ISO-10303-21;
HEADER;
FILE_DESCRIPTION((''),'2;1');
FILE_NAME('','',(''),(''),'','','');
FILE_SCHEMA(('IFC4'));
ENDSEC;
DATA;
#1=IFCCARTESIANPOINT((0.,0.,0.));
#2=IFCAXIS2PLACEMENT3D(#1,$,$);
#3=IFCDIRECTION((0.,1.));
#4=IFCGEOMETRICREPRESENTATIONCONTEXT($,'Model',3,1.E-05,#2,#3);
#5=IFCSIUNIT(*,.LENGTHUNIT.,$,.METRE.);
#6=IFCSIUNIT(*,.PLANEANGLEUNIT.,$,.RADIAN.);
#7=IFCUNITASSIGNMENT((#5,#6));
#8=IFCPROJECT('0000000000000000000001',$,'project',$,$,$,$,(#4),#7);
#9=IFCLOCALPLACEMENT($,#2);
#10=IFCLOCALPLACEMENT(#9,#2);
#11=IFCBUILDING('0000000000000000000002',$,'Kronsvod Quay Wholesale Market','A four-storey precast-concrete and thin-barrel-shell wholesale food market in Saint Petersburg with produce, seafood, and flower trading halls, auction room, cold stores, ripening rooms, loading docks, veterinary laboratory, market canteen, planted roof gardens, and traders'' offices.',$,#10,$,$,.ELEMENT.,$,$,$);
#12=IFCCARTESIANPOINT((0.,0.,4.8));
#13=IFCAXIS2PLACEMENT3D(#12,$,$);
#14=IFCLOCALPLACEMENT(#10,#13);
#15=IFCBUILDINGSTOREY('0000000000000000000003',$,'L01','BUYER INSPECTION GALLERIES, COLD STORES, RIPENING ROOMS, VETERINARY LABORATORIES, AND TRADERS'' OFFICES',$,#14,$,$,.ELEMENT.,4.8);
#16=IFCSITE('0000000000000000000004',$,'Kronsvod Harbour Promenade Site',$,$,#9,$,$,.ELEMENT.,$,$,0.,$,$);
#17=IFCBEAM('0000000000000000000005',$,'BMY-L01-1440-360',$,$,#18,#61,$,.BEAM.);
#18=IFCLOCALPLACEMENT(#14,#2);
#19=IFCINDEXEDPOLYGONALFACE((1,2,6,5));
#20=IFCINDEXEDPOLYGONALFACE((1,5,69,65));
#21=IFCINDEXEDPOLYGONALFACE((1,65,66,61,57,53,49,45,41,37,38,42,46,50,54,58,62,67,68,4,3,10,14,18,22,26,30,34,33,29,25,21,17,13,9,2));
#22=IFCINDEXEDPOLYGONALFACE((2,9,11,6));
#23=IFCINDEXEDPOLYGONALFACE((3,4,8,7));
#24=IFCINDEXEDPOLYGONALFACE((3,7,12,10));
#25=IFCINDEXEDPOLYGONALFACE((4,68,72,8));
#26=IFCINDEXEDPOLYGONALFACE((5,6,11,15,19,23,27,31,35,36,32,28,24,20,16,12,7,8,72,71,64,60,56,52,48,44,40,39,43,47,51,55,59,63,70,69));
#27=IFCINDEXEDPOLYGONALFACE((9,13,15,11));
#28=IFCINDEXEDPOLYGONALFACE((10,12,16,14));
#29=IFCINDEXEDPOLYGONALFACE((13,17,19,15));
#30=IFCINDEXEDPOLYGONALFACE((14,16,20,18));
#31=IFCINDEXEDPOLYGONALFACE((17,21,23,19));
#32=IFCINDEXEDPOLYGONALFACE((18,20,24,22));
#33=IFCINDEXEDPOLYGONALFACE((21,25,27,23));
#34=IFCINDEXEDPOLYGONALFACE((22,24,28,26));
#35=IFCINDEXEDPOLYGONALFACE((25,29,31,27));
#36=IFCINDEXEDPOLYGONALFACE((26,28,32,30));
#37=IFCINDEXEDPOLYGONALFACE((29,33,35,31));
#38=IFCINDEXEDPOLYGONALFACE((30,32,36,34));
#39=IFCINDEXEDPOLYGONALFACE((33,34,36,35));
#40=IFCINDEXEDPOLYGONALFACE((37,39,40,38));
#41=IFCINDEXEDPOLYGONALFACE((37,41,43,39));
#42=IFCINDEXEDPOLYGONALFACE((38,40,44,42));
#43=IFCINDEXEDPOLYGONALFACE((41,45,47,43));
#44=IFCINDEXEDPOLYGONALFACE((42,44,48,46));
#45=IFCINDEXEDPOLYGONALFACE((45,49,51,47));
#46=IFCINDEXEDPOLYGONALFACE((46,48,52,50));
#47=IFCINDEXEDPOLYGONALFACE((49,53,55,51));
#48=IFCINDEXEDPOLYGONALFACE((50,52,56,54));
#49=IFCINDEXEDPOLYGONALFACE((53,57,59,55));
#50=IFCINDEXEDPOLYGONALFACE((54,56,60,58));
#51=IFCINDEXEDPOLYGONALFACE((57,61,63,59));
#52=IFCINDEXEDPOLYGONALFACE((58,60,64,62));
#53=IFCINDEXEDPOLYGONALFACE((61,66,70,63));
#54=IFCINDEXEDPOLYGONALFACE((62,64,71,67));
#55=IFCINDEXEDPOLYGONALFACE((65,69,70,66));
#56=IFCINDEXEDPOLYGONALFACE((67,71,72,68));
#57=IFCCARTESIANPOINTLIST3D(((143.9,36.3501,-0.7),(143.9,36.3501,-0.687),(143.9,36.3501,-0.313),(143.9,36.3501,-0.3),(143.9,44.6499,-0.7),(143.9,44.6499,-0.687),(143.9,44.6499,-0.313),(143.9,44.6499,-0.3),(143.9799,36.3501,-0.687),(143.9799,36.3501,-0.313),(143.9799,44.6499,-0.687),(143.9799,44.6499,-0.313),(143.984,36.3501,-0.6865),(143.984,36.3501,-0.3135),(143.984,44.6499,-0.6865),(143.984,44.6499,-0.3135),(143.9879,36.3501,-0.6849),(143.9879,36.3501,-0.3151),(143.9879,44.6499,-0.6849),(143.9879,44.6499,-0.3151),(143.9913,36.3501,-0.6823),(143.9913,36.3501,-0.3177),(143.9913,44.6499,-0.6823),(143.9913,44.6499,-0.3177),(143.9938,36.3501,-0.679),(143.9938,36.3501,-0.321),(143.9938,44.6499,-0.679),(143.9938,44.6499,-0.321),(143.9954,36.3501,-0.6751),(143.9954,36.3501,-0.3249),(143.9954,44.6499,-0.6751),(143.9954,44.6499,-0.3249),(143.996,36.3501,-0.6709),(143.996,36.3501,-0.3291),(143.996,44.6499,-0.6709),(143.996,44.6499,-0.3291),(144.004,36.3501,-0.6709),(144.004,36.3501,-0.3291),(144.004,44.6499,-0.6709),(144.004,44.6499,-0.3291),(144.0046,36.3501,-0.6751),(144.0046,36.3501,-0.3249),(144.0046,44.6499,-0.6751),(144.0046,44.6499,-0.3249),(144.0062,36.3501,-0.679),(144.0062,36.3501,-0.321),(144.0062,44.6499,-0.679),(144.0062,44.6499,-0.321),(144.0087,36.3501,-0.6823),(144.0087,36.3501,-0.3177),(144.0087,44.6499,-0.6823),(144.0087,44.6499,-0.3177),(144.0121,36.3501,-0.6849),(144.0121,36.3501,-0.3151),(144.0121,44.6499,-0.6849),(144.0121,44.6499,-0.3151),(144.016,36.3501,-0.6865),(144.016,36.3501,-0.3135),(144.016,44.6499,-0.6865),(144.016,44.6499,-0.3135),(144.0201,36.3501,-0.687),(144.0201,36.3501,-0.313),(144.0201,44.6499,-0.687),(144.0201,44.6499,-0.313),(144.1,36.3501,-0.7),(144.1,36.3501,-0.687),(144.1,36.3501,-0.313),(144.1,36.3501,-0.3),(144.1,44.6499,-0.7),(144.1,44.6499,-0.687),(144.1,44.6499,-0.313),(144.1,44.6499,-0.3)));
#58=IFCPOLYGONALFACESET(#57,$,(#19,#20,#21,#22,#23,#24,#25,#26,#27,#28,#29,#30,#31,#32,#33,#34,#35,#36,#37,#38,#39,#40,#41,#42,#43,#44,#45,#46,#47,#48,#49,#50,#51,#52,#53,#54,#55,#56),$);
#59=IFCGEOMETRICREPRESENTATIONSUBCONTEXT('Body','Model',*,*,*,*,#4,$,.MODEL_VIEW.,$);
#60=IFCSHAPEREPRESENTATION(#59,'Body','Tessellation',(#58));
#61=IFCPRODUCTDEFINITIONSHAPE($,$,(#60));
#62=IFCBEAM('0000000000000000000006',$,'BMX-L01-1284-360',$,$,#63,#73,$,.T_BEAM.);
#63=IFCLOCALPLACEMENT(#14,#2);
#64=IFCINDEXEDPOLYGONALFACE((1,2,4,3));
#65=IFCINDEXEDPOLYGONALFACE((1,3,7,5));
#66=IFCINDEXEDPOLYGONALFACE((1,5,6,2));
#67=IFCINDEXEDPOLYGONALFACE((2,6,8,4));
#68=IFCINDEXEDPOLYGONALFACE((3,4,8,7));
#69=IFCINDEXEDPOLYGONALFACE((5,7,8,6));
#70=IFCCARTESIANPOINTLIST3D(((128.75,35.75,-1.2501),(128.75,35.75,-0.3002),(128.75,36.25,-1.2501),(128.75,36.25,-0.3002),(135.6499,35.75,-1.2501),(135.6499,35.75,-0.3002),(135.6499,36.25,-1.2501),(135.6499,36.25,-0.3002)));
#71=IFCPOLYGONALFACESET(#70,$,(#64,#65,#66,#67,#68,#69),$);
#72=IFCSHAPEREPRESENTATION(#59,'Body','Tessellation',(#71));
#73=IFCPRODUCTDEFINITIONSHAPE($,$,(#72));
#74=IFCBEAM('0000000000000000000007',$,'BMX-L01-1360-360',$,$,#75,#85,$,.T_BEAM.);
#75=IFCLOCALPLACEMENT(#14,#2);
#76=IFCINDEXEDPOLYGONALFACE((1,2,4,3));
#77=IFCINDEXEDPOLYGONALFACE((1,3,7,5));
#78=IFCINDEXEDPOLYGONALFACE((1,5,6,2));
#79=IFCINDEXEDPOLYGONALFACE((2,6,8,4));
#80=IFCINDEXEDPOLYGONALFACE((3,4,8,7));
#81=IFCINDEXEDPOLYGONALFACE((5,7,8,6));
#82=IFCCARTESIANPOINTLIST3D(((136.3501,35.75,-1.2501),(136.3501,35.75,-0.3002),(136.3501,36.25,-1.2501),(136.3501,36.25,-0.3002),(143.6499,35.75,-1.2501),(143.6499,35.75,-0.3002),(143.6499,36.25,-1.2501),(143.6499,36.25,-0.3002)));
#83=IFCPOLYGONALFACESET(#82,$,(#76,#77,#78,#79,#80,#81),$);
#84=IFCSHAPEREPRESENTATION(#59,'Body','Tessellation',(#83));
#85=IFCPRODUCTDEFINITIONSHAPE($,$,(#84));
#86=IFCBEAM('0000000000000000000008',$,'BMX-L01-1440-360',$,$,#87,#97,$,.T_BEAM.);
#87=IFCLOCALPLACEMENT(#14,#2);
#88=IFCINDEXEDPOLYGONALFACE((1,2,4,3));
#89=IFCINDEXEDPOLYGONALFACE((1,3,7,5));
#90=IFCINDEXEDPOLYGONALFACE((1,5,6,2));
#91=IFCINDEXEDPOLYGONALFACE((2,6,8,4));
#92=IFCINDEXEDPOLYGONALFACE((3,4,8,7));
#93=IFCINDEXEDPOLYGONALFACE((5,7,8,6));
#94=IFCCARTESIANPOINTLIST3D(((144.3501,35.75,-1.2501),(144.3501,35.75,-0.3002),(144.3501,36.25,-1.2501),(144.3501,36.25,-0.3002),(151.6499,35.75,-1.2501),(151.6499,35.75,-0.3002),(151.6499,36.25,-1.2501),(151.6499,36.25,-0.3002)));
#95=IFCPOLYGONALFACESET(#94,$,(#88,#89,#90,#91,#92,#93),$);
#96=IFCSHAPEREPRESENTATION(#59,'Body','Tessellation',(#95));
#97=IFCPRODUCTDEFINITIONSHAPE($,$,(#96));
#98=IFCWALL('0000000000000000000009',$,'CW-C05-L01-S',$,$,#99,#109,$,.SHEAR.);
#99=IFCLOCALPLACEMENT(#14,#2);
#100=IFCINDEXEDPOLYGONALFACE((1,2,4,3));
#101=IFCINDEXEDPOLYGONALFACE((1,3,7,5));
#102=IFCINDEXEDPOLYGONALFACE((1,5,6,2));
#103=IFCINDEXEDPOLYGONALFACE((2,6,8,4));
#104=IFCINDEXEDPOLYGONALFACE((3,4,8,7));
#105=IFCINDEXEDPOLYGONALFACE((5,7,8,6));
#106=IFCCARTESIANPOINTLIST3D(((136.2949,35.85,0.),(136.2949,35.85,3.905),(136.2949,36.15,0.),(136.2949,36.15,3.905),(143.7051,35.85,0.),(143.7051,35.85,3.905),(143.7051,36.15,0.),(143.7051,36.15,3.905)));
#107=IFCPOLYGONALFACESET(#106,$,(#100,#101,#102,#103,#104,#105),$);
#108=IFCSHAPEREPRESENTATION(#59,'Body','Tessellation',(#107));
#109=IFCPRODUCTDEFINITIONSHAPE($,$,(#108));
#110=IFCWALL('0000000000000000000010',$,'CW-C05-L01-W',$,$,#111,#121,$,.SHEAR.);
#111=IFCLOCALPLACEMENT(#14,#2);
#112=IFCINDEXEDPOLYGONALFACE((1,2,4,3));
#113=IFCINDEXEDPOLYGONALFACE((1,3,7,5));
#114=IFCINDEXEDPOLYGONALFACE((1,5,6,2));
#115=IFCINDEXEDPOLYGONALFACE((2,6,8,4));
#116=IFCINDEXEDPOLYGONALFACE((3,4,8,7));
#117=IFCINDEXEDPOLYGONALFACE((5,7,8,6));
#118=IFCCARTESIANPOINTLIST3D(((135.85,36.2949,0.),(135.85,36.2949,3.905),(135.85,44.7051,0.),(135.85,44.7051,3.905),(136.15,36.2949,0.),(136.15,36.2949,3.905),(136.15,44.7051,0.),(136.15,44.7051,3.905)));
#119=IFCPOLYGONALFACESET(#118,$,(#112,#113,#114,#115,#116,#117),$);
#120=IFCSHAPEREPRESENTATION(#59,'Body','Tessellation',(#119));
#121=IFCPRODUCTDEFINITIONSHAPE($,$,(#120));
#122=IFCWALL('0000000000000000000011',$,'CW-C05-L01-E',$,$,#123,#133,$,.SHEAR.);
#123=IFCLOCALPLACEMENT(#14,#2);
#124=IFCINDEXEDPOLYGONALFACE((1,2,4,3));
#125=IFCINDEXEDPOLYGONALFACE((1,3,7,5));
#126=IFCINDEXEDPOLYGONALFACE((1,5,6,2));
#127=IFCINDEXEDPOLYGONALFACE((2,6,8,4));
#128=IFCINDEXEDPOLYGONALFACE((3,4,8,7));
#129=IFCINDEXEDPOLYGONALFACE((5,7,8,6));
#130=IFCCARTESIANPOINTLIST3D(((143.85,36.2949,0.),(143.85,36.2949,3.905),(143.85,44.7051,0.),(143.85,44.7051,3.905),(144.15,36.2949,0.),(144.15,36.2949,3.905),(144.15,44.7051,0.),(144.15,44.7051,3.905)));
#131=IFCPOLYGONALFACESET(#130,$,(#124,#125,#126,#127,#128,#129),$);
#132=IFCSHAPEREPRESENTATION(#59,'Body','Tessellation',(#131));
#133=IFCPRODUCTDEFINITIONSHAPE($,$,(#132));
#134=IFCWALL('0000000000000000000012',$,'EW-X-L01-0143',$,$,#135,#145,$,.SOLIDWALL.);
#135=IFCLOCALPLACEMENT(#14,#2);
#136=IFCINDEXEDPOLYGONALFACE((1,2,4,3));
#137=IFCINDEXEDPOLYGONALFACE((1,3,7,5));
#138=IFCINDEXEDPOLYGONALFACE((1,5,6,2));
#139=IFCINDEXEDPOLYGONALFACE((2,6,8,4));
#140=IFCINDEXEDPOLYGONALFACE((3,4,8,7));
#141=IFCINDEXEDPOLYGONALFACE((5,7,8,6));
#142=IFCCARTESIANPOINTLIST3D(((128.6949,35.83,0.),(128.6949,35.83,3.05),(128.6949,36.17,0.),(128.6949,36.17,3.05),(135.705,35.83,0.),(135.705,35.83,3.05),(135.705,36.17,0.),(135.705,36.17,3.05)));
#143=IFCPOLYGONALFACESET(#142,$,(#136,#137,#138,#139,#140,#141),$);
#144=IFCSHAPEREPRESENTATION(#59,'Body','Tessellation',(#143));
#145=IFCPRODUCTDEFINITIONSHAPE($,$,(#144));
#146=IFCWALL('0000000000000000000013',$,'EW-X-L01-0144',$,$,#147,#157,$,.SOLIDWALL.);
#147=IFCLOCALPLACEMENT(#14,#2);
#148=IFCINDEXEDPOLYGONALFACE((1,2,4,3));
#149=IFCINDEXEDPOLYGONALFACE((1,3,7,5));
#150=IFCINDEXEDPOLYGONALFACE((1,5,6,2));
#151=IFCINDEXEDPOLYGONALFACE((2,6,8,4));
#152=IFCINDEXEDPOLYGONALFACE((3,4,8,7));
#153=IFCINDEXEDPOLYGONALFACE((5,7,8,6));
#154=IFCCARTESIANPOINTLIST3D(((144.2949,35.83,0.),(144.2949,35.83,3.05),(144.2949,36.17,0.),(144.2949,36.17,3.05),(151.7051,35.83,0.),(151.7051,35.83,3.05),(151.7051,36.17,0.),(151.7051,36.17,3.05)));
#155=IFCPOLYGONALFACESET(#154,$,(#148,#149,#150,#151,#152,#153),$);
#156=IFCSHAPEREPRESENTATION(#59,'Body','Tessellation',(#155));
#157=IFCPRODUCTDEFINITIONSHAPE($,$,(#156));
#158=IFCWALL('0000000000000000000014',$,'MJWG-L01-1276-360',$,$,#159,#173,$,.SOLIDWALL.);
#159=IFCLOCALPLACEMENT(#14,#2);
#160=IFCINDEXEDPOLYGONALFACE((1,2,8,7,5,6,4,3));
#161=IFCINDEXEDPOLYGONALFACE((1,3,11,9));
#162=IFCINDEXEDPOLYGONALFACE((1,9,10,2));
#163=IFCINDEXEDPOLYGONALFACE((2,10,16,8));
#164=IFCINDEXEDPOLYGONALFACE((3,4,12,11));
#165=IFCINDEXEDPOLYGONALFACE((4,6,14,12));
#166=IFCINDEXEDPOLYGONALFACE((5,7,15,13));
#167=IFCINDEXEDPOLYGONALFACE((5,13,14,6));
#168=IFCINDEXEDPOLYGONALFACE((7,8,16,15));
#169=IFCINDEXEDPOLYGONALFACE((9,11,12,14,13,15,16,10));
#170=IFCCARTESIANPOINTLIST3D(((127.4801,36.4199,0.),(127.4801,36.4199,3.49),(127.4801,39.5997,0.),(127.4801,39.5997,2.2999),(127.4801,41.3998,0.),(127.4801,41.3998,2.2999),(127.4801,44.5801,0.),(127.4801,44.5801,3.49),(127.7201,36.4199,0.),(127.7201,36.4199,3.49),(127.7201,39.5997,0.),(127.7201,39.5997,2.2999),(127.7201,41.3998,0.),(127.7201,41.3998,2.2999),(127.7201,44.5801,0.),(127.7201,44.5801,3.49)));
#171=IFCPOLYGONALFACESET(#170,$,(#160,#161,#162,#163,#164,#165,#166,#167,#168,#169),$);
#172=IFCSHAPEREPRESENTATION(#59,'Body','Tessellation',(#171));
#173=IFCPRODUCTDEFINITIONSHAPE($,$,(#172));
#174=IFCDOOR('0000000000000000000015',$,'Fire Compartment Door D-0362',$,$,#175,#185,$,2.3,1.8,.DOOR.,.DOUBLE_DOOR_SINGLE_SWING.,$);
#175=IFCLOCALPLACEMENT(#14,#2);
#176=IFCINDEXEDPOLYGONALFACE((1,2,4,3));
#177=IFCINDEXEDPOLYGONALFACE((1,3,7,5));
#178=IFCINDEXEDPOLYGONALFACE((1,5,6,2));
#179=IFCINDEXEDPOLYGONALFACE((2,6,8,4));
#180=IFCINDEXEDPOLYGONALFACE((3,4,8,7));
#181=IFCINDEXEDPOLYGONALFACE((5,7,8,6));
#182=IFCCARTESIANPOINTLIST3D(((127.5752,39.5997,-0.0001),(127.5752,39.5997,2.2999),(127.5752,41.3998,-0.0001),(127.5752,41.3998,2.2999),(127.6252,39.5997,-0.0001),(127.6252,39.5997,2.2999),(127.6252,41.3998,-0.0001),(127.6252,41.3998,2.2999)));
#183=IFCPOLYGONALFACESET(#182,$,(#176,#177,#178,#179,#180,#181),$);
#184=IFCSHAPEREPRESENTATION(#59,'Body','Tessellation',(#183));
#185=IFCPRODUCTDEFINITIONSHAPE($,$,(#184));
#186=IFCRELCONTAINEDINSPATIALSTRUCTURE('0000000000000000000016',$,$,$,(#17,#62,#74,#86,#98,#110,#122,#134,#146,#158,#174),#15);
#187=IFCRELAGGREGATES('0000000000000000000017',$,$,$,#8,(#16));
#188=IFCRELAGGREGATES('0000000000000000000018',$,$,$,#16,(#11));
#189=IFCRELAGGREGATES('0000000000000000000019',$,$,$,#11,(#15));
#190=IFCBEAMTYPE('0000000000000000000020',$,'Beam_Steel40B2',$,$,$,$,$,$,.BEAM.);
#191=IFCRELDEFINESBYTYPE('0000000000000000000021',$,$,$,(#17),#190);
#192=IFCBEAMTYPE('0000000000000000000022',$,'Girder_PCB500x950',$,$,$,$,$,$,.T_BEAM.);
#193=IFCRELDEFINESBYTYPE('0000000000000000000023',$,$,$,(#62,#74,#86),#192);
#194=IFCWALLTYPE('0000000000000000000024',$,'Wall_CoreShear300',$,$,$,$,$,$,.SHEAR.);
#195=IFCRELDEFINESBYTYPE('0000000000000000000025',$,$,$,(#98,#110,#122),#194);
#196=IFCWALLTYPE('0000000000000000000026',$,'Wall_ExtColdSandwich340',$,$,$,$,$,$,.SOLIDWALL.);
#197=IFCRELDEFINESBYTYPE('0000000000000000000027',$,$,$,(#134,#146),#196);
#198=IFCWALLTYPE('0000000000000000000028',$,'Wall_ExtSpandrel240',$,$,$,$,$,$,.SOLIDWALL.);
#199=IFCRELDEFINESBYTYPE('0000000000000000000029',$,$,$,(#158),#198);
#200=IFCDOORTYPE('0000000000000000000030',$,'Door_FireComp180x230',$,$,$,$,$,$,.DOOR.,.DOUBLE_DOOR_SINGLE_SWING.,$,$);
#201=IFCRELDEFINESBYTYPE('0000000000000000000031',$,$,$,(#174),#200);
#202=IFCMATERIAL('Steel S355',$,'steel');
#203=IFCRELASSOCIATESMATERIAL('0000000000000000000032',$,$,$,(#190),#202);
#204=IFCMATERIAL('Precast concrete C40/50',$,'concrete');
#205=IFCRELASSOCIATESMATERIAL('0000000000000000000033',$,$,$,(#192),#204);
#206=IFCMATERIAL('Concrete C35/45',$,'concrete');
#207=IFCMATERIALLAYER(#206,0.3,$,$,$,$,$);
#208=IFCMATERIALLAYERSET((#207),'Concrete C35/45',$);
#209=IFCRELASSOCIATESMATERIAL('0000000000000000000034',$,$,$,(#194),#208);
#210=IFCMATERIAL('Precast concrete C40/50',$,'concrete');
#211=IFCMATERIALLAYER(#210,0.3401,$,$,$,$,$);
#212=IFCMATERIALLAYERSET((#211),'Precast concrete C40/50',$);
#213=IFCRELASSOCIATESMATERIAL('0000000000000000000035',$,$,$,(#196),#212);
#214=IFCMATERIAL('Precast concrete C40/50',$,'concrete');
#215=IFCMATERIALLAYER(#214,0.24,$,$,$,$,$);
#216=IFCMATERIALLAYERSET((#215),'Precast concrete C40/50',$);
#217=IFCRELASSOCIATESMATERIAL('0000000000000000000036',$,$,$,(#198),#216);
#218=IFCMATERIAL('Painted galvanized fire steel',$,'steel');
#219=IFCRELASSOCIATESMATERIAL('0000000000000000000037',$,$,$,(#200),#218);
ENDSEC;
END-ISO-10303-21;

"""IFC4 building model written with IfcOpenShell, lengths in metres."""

from ifc_helpers import new_model, si_unit, direction, frame, frame_2d, origin, origin_2d, place, context, subcontext, project, spatial, rectangle, i_section, extrude, material, layer, layer_set, material_profile, profile_set, type_object, element, fill, save


model = new_model("IFC4")

# Units and contexts
model_context = context("Model", 3, precision=1e-05, world=origin(), true_north=direction((0.0, 1.0)))
body_context = subcontext(model_context, "Body", "Model", "MODEL_VIEW")
ifc_project = project(units=[si_unit("LENGTHUNIT", "METRE"), si_unit("PLANEANGLEUNIT", "RADIAN")], contexts=[model_context])

# Site, building, storey
site_placement = place(None, origin())
site = spatial("IfcSite", under=ifc_project, at=site_placement, Name="Kronsvod Harbour Promenade Site", CompositionType="ELEMENT", RefElevation=0.0)
building_placement = place(site_placement, origin())
building = spatial("IfcBuilding", under=site, at=building_placement, Name="Kronsvod Quay Wholesale Market", Description="A four-storey precast-concrete and thin-barrel-shell wholesale food market in Saint Petersburg with produce, seafood, and flower trading halls, auction room, cold stores, ripening rooms, loading docks, veterinary laboratory, market canteen, planted roof gardens, and traders' offices.", CompositionType="ELEMENT")
storey_placement = place(building_placement, frame((0.0, 0.0, 4.8)))
storey = spatial("IfcBuildingStorey", under=building, at=storey_placement, Name="L01", Description="BUYER INSPECTION GALLERIES, COLD STORES, RIPENING ROOMS, VETERINARY LABORATORIES, AND TRADERS' OFFICES", CompositionType="ELEMENT", Elevation=4.8)

# Beams
ifc_material_1 = material(Name="Steel S355", Category="steel")
ifc_material_profile_1 = material_profile(ifc_material_1, i_section(OverallWidth=0.2, OverallDepth=0.3999, WebThickness=0.0081, FlangeThickness=0.0129, FilletRadius=0.0161, at=origin_2d()), Name="40B2")
ifc_profile_set_1 = profile_set([ifc_material_profile_1], Name="Steel S355")
beam_type_1 = type_object("IfcBeamType", Name="Beam_Steel40B2", PredefinedType="BEAM", material=ifc_profile_set_1)
for number, where, z_axis, x_axis, name in (
    (1, (144.0, 36.3501, -0.5), (0.0, 1.0, 0.0), (-1.0, 0.0, 0.0), "BMY-L01-1440-360"),
):
    element("IfcBeam", number, at=place(storey_placement, frame(where, z_axis=z_axis, x_axis=x_axis)), inside=storey, type_object=beam_type_1, Name=name, PredefinedType="BEAM", context=body_context, shape_type="SweptSolid", body=[
        extrude(i_section(OverallWidth=0.2, OverallDepth=0.3999, WebThickness=0.0081, FlangeThickness=0.0129, FilletRadius=0.0161, at=origin_2d()), origin(), (0.0, 0.0, 1.0), 8.2998),
    ])
ifc_material_2 = material(Name="Precast concrete C40/50", Category="concrete")
ifc_material_profile_2 = material_profile(ifc_material_2, rectangle(XDim=0.5, YDim=0.95, at=origin_2d()), Name="PCB500x950")
ifc_profile_set_2 = profile_set([ifc_material_profile_2], Name="Precast concrete C40/50")
beam_type_2 = type_object("IfcBeamType", Name="Girder_PCB500x950", PredefinedType="T_BEAM", material=ifc_profile_set_2)
beam_placement = place(storey_placement, frame((128.75, 36.0, -0.7751), z_axis=(1.0, 0.0, 0.0), x_axis=(0.0, 1.0, 0.0)))
element("IfcBeam", 2, at=beam_placement, inside=storey, type_object=beam_type_2, Name="BMX-L01-1284-360", PredefinedType="T_BEAM", context=body_context, shape_type="SweptSolid", body=[
    extrude(rectangle(XDim=0.5, YDim=0.95, at=origin_2d()), origin(), (0.0, 0.0, 1.0), 6.8999),
])
for number, where, z_axis, x_axis, name in (
    (3, (136.3501, 36.0, -0.7751), (1.0, 0.0, 0.0), (0.0, 1.0, 0.0), "BMX-L01-1360-360"),
    (4, (144.3501, 36.0, -0.7751), (1.0, 0.0, 0.0), (0.0, 1.0, 0.0), "BMX-L01-1440-360"),
):
    element("IfcBeam", number, at=place(storey_placement, frame(where, z_axis=z_axis, x_axis=x_axis)), inside=storey, type_object=beam_type_2, Name=name, PredefinedType="T_BEAM", context=body_context, shape_type="SweptSolid", body=[
        extrude(rectangle(XDim=0.5, YDim=0.95, at=origin_2d()), origin(), (0.0, 0.0, 1.0), 7.2998),
    ])

# Walls
ifc_material_3 = material(Name="Concrete C35/45", Category="concrete")
ifc_layer_1 = layer(ifc_material_3, 0.3)
ifc_layer_set_1 = layer_set([ifc_layer_1], Name="Concrete C35/45")
wall_type_1 = type_object("IfcWallType", Name="Wall_CoreShear300", PredefinedType="SHEAR", material=ifc_layer_set_1)
wall_1_placement = place(storey_placement, frame((136.2949, 36.0, 0.0), z_axis=(0.0, 0.0, 1.0), x_axis=(1.0, 0.0, 0.0)))
element("IfcWall", 5, at=wall_1_placement, inside=storey, type_object=wall_type_1, Name="CW-C05-L01-S", PredefinedType="SHEAR", context=body_context, shape_type="SweptSolid", body=[
    extrude(rectangle(XDim=7.4102, YDim=0.3, at=frame_2d((3.7051, 0.0))), origin(), (0.0, 0.0, 1.0), 3.905),
])
for number, where, z_axis, x_axis, name in (
    (6, (136.0, 36.2949, 0.0), (0.0, 0.0, 1.0), (0.0, 1.0, 0.0), "CW-C05-L01-W"),
    (7, (144.0, 36.2949, 0.0), (0.0, 0.0, 1.0), (0.0, 1.0, 0.0), "CW-C05-L01-E"),
):
    element("IfcWall", number, at=place(storey_placement, frame(where, z_axis=z_axis, x_axis=x_axis)), inside=storey, type_object=wall_type_1, Name=name, PredefinedType="SHEAR", context=body_context, shape_type="SweptSolid", body=[
        extrude(rectangle(XDim=8.4102, YDim=0.3, at=frame_2d((4.2051, 0.0))), origin(), (0.0, 0.0, 1.0), 3.905),
    ])
ifc_material_4 = material(Name="Precast concrete C40/50", Category="concrete")
ifc_layer_2 = layer(ifc_material_4, 0.3401)
ifc_layer_set_2 = layer_set([ifc_layer_2], Name="Precast concrete C40/50")
wall_type_2 = type_object("IfcWallType", Name="Wall_ExtColdSandwich340", PredefinedType="SOLIDWALL", material=ifc_layer_set_2)
wall_2_placement = place(storey_placement, frame((128.6951, 36.0, 0.0), z_axis=(0.0, 0.0, 1.0), x_axis=(1.0, 0.0, 0.0)))
element("IfcWall", 8, at=wall_2_placement, inside=storey, type_object=wall_type_2, Name="EW-X-L01-0143", PredefinedType="SOLIDWALL", context=body_context, shape_type="SweptSolid", body=[
    extrude(rectangle(XDim=7.01, YDim=0.3401, at=frame_2d((3.5049, 0.0))), origin(), (0.0, 0.0, 1.0), 3.05),
])
wall_3_placement = place(storey_placement, frame((144.2949, 36.0, 0.0), z_axis=(0.0, 0.0, 1.0), x_axis=(1.0, 0.0, 0.0)))
element("IfcWall", 9, at=wall_3_placement, inside=storey, type_object=wall_type_2, Name="EW-X-L01-0144", PredefinedType="SOLIDWALL", context=body_context, shape_type="SweptSolid", body=[
    extrude(rectangle(XDim=7.4102, YDim=0.3401, at=frame_2d((3.7051, 0.0))), origin(), (0.0, 0.0, 1.0), 3.05),
])

# Wall, opening, door
ifc_material_5 = material(Name="Precast concrete C40/50", Category="concrete")
ifc_layer_3 = layer(ifc_material_5, 0.24)
ifc_layer_set_3 = layer_set([ifc_layer_3], Name="Precast concrete C40/50")
wall_type_3 = type_object("IfcWallType", Name="Wall_ExtSpandrel240", PredefinedType="SOLIDWALL", material=ifc_layer_set_3)
wall_4_placement = place(storey_placement, frame((127.6001, 36.4199, 0.0), z_axis=(0.0, 0.0, 1.0), x_axis=(0.0, 1.0, 0.0)))
wall_4 = element("IfcWall", 10, at=wall_4_placement, inside=storey, type_object=wall_type_3, Name="MJWG-L01-1276-360", PredefinedType="SOLIDWALL", context=body_context, shape_type="SweptSolid", body=[
    extrude(rectangle(XDim=8.1602, YDim=0.24, at=frame_2d((4.0801, 0.0))), origin(), (0.0, 0.0, 1.0), 3.49),
])
opening_1_placement = place(wall_4_placement, frame((3.1799, 0.0, 0.0)))
opening_1 = element("IfcOpeningElement", 11, at=opening_1_placement, cuts=wall_4, PredefinedType="OPENING", context=body_context, shape_type="SweptSolid", body=[
    extrude(rectangle(XDim=1.8, YDim=2.3, at=frame_2d((0.8999, 1.1499))), frame((0.0, 0.1299, 0.0), z_axis=(0.0, -1.0, 0.0), x_axis=(1.0, 0.0, 0.0)), (0.0, 0.0, 1.0), 0.26),
])
ifc_material_6 = material(Name="Painted galvanized fire steel", Category="steel")
door_type_1 = type_object("IfcDoorType", Name="Door_FireComp180x230", OperationType="DOUBLE_DOOR_SINGLE_SWING", PredefinedType="DOOR", material=ifc_material_6)
door_1_placement = place(opening_1_placement, origin())
door_1 = element("IfcDoor", 12, at=door_1_placement, inside=storey, type_object=door_type_1, Name="Fire Compartment Door D-0362", OperationType="DOUBLE_DOOR_SINGLE_SWING", OverallHeight=2.3, OverallWidth=1.8, PredefinedType="DOOR", context=body_context, shape_type="SweptSolid", body=[
    extrude(rectangle(XDim=1.8, YDim=2.3, at=frame_2d((0.8999, 1.1499))), frame((0.0, 0.0249, 0.0), z_axis=(0.0, -1.0, 0.0), x_axis=(1.0, 0.0, 0.0)), (0.0, 0.0, 1.0), 0.05),
])
fill(opening_1, door_1)

save(model, "model.ifc")
